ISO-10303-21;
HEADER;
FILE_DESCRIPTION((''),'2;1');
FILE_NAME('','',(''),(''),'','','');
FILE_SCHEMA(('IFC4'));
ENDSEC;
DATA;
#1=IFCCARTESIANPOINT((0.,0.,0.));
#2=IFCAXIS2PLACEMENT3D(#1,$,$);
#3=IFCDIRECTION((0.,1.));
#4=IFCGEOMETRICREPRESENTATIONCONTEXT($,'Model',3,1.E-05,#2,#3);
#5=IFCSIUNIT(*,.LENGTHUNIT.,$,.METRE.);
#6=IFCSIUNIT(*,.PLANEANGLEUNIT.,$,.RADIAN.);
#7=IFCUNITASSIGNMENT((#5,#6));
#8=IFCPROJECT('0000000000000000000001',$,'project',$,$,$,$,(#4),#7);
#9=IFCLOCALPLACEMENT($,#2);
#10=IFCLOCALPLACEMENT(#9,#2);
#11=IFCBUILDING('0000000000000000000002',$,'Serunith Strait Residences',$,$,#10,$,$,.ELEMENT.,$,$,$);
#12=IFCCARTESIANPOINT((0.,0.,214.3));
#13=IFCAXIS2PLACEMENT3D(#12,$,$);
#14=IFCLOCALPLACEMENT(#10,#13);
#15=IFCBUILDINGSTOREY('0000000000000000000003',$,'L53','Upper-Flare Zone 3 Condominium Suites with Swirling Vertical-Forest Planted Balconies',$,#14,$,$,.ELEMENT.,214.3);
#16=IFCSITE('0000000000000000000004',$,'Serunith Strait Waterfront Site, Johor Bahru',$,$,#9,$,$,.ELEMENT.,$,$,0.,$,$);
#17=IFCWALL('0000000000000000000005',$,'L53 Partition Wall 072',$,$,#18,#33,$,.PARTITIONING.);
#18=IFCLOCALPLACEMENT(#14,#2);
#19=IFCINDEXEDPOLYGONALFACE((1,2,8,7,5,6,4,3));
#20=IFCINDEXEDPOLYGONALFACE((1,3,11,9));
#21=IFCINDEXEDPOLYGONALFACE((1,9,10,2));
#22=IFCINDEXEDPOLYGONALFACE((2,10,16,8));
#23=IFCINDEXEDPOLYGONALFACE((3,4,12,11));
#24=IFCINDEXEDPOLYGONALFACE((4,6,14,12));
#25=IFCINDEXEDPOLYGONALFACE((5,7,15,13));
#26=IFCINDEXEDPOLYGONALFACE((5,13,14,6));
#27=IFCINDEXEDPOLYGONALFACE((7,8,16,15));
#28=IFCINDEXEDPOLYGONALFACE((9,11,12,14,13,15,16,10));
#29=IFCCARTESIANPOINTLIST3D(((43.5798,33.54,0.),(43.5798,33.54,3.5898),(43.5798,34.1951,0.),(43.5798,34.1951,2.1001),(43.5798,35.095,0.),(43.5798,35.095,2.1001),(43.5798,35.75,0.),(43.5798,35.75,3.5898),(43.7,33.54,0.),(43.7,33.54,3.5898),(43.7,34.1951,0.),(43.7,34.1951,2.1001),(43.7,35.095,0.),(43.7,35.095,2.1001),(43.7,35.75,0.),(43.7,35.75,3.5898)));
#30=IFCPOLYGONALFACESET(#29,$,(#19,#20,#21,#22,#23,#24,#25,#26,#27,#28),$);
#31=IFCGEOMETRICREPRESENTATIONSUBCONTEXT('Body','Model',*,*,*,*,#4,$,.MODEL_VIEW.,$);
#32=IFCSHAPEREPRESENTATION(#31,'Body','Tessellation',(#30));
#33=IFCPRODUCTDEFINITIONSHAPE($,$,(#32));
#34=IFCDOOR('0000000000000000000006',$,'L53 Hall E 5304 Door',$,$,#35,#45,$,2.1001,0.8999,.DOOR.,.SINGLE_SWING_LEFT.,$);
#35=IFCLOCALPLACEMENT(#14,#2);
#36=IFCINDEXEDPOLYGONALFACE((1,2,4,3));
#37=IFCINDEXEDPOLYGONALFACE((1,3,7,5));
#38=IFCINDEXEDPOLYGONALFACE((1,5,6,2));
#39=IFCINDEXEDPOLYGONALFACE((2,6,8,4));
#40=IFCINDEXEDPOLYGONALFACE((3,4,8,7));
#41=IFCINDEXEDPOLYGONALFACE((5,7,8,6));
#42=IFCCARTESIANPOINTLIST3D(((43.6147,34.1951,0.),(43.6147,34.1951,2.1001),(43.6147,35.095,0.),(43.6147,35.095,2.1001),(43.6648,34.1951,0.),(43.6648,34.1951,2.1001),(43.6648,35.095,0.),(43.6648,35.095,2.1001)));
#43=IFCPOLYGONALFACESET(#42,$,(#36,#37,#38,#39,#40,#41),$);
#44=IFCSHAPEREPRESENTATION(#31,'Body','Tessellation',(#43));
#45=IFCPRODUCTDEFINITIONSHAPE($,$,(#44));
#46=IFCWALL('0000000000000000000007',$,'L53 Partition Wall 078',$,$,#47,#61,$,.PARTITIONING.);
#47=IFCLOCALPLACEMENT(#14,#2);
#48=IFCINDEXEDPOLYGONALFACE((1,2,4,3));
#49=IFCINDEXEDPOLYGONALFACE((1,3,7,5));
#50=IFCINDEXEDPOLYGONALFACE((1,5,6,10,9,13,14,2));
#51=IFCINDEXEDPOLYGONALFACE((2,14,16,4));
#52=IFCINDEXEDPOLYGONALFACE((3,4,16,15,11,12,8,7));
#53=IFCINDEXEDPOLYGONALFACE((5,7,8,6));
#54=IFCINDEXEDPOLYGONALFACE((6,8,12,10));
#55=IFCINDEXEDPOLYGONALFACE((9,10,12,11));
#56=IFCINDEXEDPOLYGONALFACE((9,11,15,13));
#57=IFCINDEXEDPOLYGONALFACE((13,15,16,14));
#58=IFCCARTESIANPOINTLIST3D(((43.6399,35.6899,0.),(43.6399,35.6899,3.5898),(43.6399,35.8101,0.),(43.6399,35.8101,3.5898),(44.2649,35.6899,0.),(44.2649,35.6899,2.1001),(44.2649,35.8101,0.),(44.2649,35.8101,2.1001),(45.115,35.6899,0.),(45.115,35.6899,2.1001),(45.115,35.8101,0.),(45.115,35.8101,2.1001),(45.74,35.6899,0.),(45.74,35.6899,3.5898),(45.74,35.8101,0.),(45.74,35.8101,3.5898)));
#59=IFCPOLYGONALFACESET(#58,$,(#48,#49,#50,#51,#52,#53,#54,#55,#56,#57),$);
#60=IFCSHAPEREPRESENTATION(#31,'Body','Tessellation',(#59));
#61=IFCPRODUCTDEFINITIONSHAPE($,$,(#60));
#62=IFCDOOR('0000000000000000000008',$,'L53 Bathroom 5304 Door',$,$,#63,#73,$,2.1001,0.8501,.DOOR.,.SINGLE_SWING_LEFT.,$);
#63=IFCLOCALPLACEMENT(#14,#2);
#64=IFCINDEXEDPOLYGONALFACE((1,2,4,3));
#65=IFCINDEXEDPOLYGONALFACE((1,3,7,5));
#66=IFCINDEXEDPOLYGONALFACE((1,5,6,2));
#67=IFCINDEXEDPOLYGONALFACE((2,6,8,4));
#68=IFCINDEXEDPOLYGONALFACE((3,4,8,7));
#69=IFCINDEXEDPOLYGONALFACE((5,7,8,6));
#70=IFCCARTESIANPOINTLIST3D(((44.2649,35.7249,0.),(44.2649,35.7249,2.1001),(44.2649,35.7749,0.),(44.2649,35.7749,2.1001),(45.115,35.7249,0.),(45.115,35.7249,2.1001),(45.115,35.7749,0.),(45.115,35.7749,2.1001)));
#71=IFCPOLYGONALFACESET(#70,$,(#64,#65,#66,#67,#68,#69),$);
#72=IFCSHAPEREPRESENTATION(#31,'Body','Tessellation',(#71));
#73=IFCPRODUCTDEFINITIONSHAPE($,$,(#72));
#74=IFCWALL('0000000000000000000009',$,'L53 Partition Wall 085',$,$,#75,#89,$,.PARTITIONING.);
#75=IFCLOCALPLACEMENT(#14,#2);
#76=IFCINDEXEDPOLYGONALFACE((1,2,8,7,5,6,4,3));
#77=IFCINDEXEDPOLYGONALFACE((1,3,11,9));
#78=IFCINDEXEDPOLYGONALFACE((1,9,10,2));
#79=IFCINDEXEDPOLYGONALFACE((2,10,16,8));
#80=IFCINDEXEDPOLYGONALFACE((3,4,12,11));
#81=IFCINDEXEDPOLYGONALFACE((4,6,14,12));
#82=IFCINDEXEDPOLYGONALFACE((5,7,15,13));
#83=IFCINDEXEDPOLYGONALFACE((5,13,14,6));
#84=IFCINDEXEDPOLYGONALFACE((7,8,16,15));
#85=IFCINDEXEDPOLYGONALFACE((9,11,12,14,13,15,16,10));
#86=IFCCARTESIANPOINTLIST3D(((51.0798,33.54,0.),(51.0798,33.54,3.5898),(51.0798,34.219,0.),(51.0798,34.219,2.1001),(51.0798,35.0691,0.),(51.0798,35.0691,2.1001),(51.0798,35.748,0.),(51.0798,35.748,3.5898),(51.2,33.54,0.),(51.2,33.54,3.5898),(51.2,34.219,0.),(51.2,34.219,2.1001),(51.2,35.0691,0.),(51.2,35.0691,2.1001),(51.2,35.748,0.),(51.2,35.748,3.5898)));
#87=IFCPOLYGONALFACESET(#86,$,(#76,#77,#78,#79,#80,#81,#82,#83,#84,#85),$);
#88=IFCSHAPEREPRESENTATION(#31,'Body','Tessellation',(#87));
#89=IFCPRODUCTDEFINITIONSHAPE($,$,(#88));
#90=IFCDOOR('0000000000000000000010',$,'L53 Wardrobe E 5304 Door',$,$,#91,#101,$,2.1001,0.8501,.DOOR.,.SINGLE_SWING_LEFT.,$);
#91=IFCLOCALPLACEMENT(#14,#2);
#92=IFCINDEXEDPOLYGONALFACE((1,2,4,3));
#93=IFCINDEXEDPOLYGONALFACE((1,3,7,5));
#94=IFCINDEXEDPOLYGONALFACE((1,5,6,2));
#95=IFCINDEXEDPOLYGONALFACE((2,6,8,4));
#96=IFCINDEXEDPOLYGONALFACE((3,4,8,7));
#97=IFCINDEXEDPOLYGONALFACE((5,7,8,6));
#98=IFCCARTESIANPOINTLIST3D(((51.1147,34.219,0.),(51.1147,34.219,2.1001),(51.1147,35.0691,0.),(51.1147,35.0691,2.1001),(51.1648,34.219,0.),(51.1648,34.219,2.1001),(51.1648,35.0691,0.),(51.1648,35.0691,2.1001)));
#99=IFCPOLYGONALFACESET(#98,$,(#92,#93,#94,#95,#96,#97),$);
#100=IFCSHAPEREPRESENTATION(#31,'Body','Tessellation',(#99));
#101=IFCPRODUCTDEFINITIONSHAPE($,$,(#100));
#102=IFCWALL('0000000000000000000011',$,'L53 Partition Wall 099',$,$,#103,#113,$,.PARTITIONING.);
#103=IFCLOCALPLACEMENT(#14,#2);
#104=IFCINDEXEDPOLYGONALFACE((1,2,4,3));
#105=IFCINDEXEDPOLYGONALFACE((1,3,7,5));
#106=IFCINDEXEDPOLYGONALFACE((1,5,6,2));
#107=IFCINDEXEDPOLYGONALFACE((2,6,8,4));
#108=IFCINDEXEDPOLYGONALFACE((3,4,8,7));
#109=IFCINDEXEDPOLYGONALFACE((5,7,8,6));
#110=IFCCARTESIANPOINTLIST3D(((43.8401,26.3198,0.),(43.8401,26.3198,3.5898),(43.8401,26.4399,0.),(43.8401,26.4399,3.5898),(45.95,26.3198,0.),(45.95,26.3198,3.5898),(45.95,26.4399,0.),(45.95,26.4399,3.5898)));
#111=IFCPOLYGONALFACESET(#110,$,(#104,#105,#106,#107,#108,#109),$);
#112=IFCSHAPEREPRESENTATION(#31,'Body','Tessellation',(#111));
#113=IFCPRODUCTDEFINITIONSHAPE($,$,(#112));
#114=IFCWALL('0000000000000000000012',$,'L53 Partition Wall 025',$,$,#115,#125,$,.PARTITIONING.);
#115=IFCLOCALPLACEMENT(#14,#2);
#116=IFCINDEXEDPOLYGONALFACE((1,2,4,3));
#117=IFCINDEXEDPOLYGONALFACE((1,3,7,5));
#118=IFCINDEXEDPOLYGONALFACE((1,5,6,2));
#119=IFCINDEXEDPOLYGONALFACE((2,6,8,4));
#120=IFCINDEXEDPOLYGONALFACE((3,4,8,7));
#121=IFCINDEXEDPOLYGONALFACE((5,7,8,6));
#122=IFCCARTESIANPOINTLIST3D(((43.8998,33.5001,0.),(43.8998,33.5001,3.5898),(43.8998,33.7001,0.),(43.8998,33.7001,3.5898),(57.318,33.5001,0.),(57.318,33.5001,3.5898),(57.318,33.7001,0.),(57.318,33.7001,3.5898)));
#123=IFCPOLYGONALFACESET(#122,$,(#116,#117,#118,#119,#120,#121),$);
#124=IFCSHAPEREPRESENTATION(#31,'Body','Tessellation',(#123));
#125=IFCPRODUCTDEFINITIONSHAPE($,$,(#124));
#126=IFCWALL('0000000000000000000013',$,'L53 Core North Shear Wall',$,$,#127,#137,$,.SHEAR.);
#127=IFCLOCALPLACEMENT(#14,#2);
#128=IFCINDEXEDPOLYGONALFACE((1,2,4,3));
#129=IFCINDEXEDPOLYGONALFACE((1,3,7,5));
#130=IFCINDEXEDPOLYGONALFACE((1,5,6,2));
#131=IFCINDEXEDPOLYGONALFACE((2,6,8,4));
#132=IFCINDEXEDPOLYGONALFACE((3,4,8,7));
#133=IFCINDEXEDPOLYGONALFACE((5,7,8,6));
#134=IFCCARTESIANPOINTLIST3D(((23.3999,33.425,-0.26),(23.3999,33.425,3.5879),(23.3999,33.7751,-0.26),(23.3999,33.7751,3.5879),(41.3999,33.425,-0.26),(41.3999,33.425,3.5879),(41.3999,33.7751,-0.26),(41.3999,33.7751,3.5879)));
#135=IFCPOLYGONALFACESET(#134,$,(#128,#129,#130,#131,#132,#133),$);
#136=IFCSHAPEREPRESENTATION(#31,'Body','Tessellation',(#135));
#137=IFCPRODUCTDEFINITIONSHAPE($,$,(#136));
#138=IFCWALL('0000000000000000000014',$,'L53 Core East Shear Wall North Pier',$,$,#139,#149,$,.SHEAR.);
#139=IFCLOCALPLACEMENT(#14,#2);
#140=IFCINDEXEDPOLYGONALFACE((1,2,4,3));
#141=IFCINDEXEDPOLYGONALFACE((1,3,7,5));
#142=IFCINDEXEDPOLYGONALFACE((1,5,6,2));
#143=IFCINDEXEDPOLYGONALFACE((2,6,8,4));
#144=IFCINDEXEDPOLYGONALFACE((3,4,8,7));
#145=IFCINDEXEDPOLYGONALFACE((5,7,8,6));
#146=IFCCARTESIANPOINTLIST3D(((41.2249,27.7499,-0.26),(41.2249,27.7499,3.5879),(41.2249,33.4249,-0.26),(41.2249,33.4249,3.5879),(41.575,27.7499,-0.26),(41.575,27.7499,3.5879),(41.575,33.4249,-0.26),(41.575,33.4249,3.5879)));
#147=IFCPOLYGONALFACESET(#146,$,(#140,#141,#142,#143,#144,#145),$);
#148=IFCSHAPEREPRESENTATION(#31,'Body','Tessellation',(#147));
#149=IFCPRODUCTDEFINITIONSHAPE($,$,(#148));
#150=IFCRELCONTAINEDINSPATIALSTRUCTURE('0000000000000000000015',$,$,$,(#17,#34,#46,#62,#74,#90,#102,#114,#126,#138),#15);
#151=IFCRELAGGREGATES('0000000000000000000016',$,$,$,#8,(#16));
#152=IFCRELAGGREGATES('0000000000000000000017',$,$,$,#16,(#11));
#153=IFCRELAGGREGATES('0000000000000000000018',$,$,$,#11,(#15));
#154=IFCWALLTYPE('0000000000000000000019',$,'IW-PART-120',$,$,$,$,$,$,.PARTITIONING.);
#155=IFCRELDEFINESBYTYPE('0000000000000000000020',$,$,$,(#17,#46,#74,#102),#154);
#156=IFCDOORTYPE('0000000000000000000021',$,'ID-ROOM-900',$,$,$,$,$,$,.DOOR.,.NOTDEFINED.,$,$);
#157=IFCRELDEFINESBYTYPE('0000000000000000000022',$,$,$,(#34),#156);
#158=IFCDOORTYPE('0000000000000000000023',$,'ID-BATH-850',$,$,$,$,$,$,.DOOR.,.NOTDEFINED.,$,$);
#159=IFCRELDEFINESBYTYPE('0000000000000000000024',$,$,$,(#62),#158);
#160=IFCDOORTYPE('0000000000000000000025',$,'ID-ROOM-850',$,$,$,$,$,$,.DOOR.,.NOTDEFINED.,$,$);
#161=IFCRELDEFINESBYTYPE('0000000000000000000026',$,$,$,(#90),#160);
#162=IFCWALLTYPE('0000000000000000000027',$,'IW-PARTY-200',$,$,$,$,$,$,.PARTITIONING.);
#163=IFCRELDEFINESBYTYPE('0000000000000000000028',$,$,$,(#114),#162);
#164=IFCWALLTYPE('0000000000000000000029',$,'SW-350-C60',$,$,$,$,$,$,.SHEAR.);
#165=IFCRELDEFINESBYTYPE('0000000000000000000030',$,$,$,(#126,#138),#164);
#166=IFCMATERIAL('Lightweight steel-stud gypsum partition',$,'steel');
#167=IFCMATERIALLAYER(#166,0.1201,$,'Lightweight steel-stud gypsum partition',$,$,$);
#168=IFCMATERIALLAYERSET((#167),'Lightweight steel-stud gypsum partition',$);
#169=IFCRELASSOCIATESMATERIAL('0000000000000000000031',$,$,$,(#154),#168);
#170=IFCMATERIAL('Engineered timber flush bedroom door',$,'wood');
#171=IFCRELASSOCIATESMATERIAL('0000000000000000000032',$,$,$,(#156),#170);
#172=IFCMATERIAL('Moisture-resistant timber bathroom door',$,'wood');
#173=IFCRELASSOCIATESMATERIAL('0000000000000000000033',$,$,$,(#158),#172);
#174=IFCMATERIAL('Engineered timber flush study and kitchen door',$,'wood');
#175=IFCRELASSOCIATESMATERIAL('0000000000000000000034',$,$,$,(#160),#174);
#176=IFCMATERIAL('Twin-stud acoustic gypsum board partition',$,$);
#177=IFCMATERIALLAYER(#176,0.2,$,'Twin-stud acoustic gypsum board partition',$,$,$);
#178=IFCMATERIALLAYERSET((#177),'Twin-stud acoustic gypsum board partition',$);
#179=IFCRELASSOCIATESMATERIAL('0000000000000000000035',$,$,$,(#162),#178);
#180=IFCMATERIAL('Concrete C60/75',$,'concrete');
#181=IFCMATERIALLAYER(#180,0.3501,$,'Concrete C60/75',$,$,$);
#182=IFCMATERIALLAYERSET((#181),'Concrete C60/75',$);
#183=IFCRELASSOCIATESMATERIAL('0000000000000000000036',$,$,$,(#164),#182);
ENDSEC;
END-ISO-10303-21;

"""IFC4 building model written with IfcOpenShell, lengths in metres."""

from ifc_helpers import new_model, si_unit, direction, frame, frame_2d, origin, place, context, subcontext, project, spatial, rectangle, extrude, source, transform, mapped, material, layer, layer_set, type_object, element, fill, save


model = new_model("IFC4")

# Units and contexts
model_context = context("Model", 3, precision=1e-05, world=origin(), true_north=direction((0.0, 1.0)))
body_context = subcontext(model_context, "Body", "Model", "MODEL_VIEW")
ifc_project = project(units=[si_unit("LENGTHUNIT", "METRE"), si_unit("PLANEANGLEUNIT", "RADIAN")], contexts=[model_context])

# Site, building, storey
site_placement = place(None, origin())
site = spatial("IfcSite", under=ifc_project, at=site_placement, Name="Serunith Strait Waterfront Site, Johor Bahru", CompositionType="ELEMENT", RefElevation=0.0)
building_placement = place(site_placement, origin())
building = spatial("IfcBuilding", under=site, at=building_placement, Name="Serunith Strait Residences", CompositionType="ELEMENT")
storey_placement = place(building_placement, frame((0.0, 0.0, 214.3)))
storey = spatial("IfcBuildingStorey", under=building, at=storey_placement, Name="L53", Description="Upper-Flare Zone 3 Condominium Suites with Swirling Vertical-Forest Planted Balconies", CompositionType="ELEMENT", Elevation=214.3)

# Walls, openings, doors
ifc_material_1 = material(Name="Lightweight steel-stud gypsum partition", Category="steel")
ifc_layer_1 = layer(ifc_material_1, 0.1201, Name="Lightweight steel-stud gypsum partition")
ifc_layer_set_1 = layer_set([ifc_layer_1], Name="Lightweight steel-stud gypsum partition")
wall_type_1 = type_object("IfcWallType", Name="IW-PART-120", PredefinedType="PARTITIONING", material=ifc_layer_set_1)
wall_1_placement = place(storey_placement, frame((43.6399, 35.75, 0.0), z_axis=(0.0, 0.0, 1.0), x_axis=(0.0, -1.0, 0.0)))
wall_1 = element("IfcWall", 1, at=wall_1_placement, inside=storey, type_object=wall_type_1, Name="L53 Partition Wall 072", PredefinedType="PARTITIONING", context=body_context, shape_type="SweptSolid", body=[
    extrude(rectangle(XDim=2.21, YDim=0.1201, at=frame_2d((1.105, 0.0))), origin(), (0.0, 0.0, 1.0), 3.5898),
])
opening_1_placement = place(wall_1_placement, frame((0.655, 0.0, 0.0)))
opening_1 = element("IfcOpeningElement", 2, at=opening_1_placement, cuts=wall_1, PredefinedType="OPENING", context=body_context, shape_type="SweptSolid", body=[
    extrude(rectangle(XDim=0.8999, YDim=2.1001, at=frame_2d((0.45, 1.05))), frame((0.0, 0.0701, 0.0), z_axis=(0.0, -1.0, 0.0), x_axis=(1.0, 0.0, 0.0)), (0.0, 0.0, 1.0), 0.1401),
])
ifc_material_2 = material(Name="Engineered timber flush bedroom door", Category="wood")
door_type_1 = type_object("IfcDoorType", Name="ID-ROOM-900", OperationType="NOTDEFINED", PredefinedType="DOOR", material=ifc_material_2)
shared_shape_1 = source(origin(), body_context, "Body", "SweptSolid", [
    extrude(rectangle(XDim=0.8999, YDim=2.1001, at=frame_2d((0.45, 1.05))), frame((0.0, 0.0249, 0.0), z_axis=(0.0, -1.0, 0.0), x_axis=(1.0, 0.0, 0.0)), (0.0, 0.0, 1.0), 0.05),
])
door_1_placement = place(opening_1_placement, origin())
door_1 = element("IfcDoor", 3, at=door_1_placement, inside=storey, type_object=door_type_1, Name="L53 Hall E 5304 Door", OperationType="SINGLE_SWING_LEFT", OverallHeight=2.1001, OverallWidth=0.8999, PredefinedType="DOOR", context=body_context, shape_type="MappedRepresentation", body=[
    mapped(shared_shape_1, transform((0.0, 0.0, 0.0), scale=1.0)),
])
fill(opening_1, door_1)
wall_2_placement = place(storey_placement, frame((43.6399, 35.75, 0.0), z_axis=(0.0, 0.0, 1.0), x_axis=(1.0, 0.0, 0.0)))
wall_2 = element("IfcWall", 4, at=wall_2_placement, inside=storey, type_object=wall_type_1, Name="L53 Partition Wall 078", PredefinedType="PARTITIONING", context=body_context, shape_type="SweptSolid", body=[
    extrude(rectangle(XDim=2.1001, YDim=0.1201, at=frame_2d((1.05, 0.0))), origin(), (0.0, 0.0, 1.0), 3.5898),
])
opening_2_placement = place(wall_2_placement, frame((0.625, 0.0, 0.0)))
opening_2 = element("IfcOpeningElement", 5, at=opening_2_placement, cuts=wall_2, PredefinedType="OPENING", context=body_context, shape_type="SweptSolid", body=[
    extrude(rectangle(XDim=0.8501, YDim=2.1001, at=frame_2d((0.425, 1.05))), frame((0.0, 0.0701, 0.0), z_axis=(0.0, -1.0, 0.0), x_axis=(1.0, 0.0, 0.0)), (0.0, 0.0, 1.0), 0.1401),
])
ifc_material_3 = material(Name="Moisture-resistant timber bathroom door", Category="wood")
door_type_2 = type_object("IfcDoorType", Name="ID-BATH-850", OperationType="NOTDEFINED", PredefinedType="DOOR", material=ifc_material_3)
shared_shape_2 = source(origin(), body_context, "Body", "SweptSolid", [
    extrude(rectangle(XDim=0.8501, YDim=2.1001, at=frame_2d((0.425, 1.05))), frame((0.0, 0.0249, 0.0), z_axis=(0.0, -1.0, 0.0), x_axis=(1.0, 0.0, 0.0)), (0.0, 0.0, 1.0), 0.05),
])
door_2_placement = place(opening_2_placement, origin())
door_2 = element("IfcDoor", 6, at=door_2_placement, inside=storey, type_object=door_type_2, Name="L53 Bathroom 5304 Door", OperationType="SINGLE_SWING_LEFT", OverallHeight=2.1001, OverallWidth=0.8501, PredefinedType="DOOR", context=body_context, shape_type="MappedRepresentation", body=[
    mapped(shared_shape_2, transform((0.0, 0.0, 0.0), scale=1.0)),
])
fill(opening_2, door_2)
wall_3_placement = place(storey_placement, frame((51.1399, 35.748, 0.0), z_axis=(0.0, 0.0, 1.0), x_axis=(0.0, -1.0, 0.0)))
wall_3 = element("IfcWall", 7, at=wall_3_placement, inside=storey, type_object=wall_type_1, Name="L53 Partition Wall 085", PredefinedType="PARTITIONING", context=body_context, shape_type="SweptSolid", body=[
    extrude(rectangle(XDim=2.208, YDim=0.1201, at=frame_2d((1.104, 0.0))), origin(), (0.0, 0.0, 1.0), 3.5898),
])
opening_3_placement = place(wall_3_placement, frame((0.679, 0.0, 0.0)))
opening_3 = element("IfcOpeningElement", 8, at=opening_3_placement, cuts=wall_3, PredefinedType="OPENING", context=body_context, shape_type="SweptSolid", body=[
    extrude(rectangle(XDim=0.8501, YDim=2.1001, at=frame_2d((0.425, 1.05))), frame((0.0, 0.0701, 0.0), z_axis=(0.0, -1.0, 0.0), x_axis=(1.0, 0.0, 0.0)), (0.0, 0.0, 1.0), 0.1401),
])
ifc_material_4 = material(Name="Engineered timber flush study and kitchen door", Category="wood")
door_type_3 = type_object("IfcDoorType", Name="ID-ROOM-850", OperationType="NOTDEFINED", PredefinedType="DOOR", material=ifc_material_4)
door_3_placement = place(opening_3_placement, origin())
door_3 = element("IfcDoor", 9, at=door_3_placement, inside=storey, type_object=door_type_3, Name="L53 Wardrobe E 5304 Door", OperationType="SINGLE_SWING_LEFT", OverallHeight=2.1001, OverallWidth=0.8501, PredefinedType="DOOR", context=body_context, shape_type="MappedRepresentation", body=[
    mapped(shared_shape_2, transform((0.0, 0.0, 0.0), scale=1.0)),
])
fill(opening_3, door_3)

# Walls
wall_4_placement = place(storey_placement, frame((45.95, 26.3799, 0.0), z_axis=(0.0, 0.0, 1.0), x_axis=(-1.0, 0.0, 0.0)))
element("IfcWall", 10, at=wall_4_placement, inside=storey, type_object=wall_type_1, Name="L53 Partition Wall 099", PredefinedType="PARTITIONING", context=body_context, shape_type="SweptSolid", body=[
    extrude(rectangle(XDim=2.1099, YDim=0.1201, at=frame_2d((1.0549, 0.0))), origin(), (0.0, 0.0, 1.0), 3.5898),
])
ifc_material_5 = material(Name="Twin-stud acoustic gypsum board partition")
ifc_layer_2 = layer(ifc_material_5, 0.2, Name="Twin-stud acoustic gypsum board partition")
ifc_layer_set_2 = layer_set([ifc_layer_2], Name="Twin-stud acoustic gypsum board partition")
wall_type_2 = type_object("IfcWallType", Name="IW-PARTY-200", PredefinedType="PARTITIONING", material=ifc_layer_set_2)
wall_5_placement = place(storey_placement, frame((43.8999, 33.6001, 0.0), z_axis=(0.0, 0.0, 1.0), x_axis=(1.0, 0.0, 0.0)))
element("IfcWall", 11, at=wall_5_placement, inside=storey, type_object=wall_type_2, Name="L53 Partition Wall 025", PredefinedType="PARTITIONING", context=body_context, shape_type="SweptSolid", body=[
    extrude(rectangle(XDim=13.4182, YDim=0.2, at=frame_2d((6.709, 0.0))), origin(), (0.0, 0.0, 1.0), 3.5898),
])

# Walls
ifc_material_6 = material(Name="Concrete C60/75", Category="concrete")
ifc_layer_3 = layer(ifc_material_6, 0.3501, Name="Concrete C60/75")
ifc_layer_set_3 = layer_set([ifc_layer_3], Name="Concrete C60/75")
wall_type_3 = type_object("IfcWallType", Name="SW-350-C60", PredefinedType="SHEAR", material=ifc_layer_set_3)
wall_6_placement = place(storey_placement, frame((41.3999, 33.6001, -0.26), z_axis=(0.0, 0.0, 1.0), x_axis=(-1.0, 0.0, 0.0)))
element("IfcWall", 12, at=wall_6_placement, inside=storey, type_object=wall_type_3, Name="L53 Core North Shear Wall", PredefinedType="SHEAR", context=body_context, shape_type="SweptSolid", body=[
    extrude(rectangle(XDim=18.0, YDim=0.3501, at=frame_2d((9.0, 0.0))), origin(), (0.0, 0.0, 1.0), 3.8479),
])
wall_7_placement = place(storey_placement, frame((41.3999, 27.75, -0.26), z_axis=(0.0, 0.0, 1.0), x_axis=(0.0, 1.0, 0.0)))
element("IfcWall", 13, at=wall_7_placement, inside=storey, type_object=wall_type_3, Name="L53 Core East Shear Wall North Pier", PredefinedType="SHEAR", context=body_context, shape_type="SweptSolid", body=[
    extrude(rectangle(XDim=5.675, YDim=0.3501, at=frame_2d((2.8374, 0.0))), origin(), (0.0, 0.0, 1.0), 3.8479),
])

save(model, "model.ifc")
